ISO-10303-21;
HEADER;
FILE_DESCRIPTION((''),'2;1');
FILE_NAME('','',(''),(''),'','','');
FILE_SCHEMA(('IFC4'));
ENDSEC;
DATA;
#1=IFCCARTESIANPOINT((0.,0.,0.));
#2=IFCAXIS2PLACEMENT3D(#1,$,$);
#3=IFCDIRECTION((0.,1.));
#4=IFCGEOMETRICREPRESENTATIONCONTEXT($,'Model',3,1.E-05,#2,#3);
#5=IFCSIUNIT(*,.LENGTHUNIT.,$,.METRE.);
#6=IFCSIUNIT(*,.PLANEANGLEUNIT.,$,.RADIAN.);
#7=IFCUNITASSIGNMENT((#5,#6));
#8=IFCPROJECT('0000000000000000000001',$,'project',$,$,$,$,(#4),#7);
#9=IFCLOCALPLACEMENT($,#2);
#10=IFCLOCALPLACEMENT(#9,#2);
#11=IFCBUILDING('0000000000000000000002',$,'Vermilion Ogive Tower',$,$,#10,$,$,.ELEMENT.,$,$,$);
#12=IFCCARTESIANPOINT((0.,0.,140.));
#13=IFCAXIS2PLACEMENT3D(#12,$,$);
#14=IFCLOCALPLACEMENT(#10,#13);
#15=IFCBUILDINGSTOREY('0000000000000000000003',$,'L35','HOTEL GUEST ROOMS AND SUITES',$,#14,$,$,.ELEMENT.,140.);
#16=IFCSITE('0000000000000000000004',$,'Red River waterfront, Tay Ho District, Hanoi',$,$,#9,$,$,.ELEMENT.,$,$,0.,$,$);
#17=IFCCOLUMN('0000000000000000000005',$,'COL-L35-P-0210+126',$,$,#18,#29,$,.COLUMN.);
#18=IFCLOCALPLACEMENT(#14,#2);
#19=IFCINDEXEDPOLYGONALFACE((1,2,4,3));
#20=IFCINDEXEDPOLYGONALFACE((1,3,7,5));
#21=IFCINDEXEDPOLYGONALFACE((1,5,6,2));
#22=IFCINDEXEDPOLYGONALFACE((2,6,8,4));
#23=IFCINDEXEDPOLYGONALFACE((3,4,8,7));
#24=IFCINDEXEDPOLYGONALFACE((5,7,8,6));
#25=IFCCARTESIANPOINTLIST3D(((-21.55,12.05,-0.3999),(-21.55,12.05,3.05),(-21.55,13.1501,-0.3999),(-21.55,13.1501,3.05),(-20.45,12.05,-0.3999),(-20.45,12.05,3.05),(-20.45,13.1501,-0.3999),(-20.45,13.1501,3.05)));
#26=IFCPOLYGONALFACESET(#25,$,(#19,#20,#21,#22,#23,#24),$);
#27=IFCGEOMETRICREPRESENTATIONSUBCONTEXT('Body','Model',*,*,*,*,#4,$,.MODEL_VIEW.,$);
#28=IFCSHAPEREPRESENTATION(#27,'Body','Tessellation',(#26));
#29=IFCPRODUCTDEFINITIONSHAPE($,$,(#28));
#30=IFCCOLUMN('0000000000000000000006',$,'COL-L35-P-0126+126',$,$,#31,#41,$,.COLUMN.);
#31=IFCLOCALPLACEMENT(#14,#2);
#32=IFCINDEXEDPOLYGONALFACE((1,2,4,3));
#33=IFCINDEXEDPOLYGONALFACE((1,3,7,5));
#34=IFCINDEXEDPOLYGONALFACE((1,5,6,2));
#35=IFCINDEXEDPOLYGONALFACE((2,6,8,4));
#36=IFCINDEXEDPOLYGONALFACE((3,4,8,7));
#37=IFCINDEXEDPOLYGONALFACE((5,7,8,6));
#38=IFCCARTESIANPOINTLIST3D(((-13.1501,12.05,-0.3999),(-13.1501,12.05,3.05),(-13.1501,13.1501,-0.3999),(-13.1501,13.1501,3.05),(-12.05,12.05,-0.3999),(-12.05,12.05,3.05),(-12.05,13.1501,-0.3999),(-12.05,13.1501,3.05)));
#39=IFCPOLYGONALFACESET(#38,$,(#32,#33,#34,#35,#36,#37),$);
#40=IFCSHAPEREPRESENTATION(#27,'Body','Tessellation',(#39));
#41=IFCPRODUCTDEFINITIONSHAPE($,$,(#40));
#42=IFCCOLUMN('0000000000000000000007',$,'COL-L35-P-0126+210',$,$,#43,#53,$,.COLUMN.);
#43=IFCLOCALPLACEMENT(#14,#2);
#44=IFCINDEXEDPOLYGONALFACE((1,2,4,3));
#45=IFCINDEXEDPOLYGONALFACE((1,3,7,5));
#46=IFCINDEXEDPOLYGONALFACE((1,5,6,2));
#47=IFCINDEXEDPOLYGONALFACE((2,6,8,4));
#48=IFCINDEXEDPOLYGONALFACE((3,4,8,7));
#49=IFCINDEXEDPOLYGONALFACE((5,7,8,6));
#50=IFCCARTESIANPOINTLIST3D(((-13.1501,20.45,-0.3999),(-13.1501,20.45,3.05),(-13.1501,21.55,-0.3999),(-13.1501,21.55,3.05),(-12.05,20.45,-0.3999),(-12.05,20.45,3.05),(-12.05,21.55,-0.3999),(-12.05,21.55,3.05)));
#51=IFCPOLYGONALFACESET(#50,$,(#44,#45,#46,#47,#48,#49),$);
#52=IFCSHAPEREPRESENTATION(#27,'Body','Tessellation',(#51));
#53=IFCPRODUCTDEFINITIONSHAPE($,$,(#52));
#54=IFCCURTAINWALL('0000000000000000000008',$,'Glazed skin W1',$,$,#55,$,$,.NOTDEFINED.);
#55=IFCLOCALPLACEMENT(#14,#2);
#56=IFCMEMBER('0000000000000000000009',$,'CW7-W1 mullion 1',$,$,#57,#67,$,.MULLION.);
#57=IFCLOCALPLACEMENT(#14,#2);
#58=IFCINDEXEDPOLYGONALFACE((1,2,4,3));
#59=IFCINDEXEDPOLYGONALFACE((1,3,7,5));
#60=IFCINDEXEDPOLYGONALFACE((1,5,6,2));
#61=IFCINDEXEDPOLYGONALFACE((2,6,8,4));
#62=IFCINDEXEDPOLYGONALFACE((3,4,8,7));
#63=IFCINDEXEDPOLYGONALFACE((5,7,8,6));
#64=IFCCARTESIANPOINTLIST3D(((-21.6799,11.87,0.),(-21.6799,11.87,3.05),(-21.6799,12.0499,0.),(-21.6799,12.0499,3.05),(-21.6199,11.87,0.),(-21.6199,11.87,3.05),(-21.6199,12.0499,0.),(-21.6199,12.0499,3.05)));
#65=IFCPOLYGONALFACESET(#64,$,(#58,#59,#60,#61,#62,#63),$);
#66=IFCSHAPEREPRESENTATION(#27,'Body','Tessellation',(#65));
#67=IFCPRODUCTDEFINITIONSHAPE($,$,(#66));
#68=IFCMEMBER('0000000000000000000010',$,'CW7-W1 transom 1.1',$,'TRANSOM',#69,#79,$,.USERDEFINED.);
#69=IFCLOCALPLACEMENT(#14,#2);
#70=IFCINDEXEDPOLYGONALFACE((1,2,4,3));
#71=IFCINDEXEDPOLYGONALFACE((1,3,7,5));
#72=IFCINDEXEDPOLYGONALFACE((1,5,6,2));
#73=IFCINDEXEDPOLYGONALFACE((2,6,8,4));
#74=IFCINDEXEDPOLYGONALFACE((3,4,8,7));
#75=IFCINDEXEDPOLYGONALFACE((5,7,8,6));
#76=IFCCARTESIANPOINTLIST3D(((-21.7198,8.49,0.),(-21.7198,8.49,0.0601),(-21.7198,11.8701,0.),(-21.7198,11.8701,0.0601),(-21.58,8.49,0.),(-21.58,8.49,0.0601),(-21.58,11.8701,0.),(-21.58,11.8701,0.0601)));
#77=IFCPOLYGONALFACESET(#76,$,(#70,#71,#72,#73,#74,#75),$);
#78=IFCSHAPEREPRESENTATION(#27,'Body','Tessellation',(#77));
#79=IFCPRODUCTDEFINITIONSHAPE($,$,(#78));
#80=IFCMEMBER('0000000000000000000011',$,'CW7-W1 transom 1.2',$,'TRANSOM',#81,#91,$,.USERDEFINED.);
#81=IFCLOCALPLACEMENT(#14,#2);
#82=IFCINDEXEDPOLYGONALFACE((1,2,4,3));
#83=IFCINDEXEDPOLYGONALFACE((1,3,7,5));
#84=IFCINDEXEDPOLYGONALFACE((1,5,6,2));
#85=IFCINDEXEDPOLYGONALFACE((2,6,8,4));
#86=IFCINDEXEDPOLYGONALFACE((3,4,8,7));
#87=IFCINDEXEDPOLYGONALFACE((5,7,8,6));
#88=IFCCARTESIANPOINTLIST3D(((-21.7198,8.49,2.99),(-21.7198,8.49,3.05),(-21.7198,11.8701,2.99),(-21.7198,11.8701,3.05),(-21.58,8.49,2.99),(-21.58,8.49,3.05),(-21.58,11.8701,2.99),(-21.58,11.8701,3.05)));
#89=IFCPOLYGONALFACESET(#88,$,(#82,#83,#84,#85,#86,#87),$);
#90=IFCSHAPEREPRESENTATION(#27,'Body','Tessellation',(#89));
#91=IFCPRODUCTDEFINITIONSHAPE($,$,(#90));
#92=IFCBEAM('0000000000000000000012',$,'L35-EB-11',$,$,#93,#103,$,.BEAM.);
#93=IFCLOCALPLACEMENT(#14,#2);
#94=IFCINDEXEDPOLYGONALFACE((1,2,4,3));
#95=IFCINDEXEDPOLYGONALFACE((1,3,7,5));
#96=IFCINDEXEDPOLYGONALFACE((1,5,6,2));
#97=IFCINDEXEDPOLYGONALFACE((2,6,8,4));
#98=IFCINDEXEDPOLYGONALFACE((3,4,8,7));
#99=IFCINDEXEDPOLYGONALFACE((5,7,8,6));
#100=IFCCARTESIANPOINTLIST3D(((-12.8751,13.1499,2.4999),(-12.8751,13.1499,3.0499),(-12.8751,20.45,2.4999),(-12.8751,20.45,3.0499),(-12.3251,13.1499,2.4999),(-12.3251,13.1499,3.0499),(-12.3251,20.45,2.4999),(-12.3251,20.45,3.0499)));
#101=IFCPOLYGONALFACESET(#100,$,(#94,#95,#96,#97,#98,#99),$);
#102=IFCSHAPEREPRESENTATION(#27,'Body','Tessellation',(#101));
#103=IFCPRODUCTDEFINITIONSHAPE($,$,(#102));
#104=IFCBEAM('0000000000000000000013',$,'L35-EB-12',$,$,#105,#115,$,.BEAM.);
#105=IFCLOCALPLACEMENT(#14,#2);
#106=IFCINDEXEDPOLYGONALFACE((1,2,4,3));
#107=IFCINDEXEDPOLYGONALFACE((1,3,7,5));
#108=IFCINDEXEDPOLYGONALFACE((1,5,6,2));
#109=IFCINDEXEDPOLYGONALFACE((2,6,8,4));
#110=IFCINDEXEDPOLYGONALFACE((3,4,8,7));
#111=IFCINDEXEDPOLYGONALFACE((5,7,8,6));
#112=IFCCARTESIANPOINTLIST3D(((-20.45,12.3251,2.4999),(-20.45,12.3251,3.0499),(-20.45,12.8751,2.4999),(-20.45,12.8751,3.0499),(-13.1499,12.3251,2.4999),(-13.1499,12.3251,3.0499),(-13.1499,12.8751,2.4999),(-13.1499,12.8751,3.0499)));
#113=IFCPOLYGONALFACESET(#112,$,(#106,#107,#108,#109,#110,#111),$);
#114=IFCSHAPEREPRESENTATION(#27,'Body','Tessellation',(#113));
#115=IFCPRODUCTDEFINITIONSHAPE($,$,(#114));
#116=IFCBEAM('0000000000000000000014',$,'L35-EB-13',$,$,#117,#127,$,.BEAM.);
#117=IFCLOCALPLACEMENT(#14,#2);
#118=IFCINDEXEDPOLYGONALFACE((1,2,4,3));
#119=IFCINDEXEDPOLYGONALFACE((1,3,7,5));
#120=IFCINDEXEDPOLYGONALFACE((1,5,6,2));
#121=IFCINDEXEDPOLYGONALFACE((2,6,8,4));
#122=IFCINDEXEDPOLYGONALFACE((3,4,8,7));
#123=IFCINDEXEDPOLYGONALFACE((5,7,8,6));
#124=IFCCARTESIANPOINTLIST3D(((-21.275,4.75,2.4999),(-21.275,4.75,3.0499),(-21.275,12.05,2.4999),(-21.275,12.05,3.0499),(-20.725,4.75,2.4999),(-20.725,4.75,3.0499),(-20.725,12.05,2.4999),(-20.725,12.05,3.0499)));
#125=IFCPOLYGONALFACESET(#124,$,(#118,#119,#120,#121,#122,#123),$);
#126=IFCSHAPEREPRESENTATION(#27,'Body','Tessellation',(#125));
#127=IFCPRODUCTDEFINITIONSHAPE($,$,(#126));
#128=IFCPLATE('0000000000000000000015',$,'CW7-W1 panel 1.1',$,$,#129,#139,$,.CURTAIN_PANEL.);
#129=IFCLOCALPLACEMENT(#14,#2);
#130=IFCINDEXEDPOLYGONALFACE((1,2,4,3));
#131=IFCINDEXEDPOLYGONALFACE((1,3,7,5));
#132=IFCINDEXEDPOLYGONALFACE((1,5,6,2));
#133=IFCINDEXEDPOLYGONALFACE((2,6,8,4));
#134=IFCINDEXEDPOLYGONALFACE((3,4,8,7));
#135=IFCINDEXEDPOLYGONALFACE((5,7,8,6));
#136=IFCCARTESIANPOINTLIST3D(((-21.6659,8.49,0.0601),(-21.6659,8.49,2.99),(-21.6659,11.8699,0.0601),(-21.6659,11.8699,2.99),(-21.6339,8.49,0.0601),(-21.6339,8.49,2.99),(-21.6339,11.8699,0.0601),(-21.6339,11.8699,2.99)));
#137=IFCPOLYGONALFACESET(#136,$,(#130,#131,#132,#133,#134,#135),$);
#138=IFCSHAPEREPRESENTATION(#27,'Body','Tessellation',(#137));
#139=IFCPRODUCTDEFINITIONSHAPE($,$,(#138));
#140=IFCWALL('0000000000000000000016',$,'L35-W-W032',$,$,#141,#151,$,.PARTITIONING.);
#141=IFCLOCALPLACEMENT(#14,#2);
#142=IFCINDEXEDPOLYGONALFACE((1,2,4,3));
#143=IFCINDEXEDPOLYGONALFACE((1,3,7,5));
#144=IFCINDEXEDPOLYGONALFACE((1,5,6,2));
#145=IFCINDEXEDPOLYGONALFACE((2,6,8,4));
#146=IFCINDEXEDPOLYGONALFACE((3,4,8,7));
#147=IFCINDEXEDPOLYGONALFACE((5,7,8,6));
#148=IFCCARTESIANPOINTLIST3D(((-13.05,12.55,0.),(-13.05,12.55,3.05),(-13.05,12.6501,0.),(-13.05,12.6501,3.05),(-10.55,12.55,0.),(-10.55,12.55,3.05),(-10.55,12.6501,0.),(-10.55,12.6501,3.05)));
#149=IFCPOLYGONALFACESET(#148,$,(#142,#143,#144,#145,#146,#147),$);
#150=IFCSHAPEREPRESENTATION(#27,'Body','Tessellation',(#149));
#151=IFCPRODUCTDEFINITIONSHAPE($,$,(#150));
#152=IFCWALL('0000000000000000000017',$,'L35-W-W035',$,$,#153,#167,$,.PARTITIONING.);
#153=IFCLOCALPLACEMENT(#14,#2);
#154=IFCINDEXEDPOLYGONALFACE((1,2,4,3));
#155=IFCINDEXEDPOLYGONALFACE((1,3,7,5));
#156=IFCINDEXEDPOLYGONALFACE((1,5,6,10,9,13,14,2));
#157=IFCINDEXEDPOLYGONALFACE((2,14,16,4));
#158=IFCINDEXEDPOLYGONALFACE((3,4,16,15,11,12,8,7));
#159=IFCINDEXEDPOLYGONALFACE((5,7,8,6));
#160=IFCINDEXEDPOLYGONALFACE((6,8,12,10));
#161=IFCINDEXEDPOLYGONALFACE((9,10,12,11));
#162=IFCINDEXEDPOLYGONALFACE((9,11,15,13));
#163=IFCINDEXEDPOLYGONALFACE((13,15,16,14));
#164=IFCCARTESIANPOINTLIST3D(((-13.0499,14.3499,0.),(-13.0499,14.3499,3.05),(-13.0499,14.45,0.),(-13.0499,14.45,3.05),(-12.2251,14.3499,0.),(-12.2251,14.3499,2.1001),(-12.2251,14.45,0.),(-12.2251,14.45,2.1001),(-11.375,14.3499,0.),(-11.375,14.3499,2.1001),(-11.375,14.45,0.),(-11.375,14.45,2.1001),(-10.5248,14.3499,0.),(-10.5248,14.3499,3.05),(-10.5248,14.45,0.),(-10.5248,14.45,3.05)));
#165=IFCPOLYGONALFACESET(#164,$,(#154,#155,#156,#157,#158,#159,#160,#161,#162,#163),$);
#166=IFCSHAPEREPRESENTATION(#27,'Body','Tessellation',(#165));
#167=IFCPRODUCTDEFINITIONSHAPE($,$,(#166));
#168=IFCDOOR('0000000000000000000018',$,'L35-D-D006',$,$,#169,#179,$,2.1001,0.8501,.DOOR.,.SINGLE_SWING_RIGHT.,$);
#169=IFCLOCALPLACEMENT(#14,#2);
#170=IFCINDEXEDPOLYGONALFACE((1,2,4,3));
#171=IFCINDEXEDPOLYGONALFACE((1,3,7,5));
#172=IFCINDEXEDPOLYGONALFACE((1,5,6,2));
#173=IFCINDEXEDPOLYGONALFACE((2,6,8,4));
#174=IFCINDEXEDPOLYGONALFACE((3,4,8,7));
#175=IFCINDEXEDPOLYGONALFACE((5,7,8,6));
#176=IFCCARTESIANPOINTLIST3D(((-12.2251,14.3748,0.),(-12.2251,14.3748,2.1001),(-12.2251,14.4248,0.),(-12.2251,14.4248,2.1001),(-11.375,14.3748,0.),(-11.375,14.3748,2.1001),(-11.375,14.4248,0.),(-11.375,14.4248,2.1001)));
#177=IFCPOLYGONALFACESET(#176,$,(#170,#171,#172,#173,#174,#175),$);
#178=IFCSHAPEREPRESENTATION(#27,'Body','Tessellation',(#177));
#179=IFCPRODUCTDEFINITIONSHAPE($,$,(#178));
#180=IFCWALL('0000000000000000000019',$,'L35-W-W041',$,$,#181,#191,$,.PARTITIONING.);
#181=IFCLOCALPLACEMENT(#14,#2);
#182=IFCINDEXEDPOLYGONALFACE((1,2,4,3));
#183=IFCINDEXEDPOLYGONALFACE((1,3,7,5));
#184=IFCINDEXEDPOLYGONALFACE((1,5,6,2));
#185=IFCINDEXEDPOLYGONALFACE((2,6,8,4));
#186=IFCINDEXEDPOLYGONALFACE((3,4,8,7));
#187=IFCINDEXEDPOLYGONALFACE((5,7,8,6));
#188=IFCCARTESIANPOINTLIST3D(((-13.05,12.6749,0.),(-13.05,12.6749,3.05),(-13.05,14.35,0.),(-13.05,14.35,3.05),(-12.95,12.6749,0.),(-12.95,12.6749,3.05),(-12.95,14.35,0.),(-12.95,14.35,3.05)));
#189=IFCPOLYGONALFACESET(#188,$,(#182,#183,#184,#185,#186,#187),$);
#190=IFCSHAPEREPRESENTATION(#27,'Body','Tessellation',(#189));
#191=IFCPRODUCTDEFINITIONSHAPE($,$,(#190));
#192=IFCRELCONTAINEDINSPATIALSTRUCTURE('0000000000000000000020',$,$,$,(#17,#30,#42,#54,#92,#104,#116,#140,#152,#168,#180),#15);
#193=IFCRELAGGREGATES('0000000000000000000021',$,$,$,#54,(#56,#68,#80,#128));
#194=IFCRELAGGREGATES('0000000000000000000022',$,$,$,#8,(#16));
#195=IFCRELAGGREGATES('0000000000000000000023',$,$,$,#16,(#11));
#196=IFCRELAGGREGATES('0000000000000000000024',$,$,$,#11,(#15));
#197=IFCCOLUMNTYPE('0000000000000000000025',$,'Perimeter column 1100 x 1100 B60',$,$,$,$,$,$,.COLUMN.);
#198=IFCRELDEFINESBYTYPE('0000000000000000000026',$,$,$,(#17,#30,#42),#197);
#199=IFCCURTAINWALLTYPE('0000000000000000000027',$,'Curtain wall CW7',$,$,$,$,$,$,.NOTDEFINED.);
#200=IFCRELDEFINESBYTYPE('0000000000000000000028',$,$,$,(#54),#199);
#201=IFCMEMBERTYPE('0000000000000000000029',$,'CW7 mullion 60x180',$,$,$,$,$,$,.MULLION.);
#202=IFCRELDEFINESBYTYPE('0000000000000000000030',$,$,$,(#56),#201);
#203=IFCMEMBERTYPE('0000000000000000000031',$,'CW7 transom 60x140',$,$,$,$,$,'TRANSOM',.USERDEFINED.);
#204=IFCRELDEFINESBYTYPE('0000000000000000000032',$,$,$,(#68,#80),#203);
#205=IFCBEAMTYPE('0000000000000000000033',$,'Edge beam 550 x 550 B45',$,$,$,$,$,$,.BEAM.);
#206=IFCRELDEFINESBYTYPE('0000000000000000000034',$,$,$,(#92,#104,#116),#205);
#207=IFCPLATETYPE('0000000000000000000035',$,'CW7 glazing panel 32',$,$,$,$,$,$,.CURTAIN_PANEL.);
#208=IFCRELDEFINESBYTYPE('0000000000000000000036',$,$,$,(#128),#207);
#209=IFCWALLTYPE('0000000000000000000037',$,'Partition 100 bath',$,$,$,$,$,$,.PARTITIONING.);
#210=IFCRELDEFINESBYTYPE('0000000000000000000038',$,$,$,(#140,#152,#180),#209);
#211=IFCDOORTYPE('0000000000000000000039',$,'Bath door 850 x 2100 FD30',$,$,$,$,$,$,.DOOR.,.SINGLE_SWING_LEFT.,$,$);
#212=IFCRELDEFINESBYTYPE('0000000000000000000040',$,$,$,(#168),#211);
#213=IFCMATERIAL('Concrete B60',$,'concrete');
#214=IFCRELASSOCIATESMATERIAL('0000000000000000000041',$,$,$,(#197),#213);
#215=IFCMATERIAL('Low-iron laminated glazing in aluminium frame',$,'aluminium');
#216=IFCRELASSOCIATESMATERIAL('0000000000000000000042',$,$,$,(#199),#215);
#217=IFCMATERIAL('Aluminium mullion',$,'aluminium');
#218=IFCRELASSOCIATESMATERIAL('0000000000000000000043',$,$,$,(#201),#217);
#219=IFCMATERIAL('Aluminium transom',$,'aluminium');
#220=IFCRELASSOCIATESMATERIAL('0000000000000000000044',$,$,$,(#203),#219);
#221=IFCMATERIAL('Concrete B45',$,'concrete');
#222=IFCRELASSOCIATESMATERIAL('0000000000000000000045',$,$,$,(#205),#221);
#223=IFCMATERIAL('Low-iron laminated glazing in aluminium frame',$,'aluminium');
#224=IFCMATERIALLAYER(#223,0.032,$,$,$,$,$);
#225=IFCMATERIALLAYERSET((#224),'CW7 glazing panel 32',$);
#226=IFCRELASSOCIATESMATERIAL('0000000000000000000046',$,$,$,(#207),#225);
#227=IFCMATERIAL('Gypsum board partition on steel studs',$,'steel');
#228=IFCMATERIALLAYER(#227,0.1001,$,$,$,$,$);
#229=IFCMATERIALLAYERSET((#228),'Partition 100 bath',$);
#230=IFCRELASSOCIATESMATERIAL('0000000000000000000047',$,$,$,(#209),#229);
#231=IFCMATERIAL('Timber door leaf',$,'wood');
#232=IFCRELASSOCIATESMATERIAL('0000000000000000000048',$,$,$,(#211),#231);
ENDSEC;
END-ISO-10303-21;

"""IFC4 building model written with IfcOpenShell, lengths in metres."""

from ifc_helpers import new_model, si_unit, direction, frame, frame_2d, origin, origin_2d, place, context, subcontext, project, spatial, rectangle, extrude, material, layer, layer_set, material_profile, profile_set, type_object, element, fill, aggregate, save


model = new_model("IFC4")

# Units and contexts
model_context = context("Model", 3, precision=1e-05, world=origin(), true_north=direction((0.0, 1.0)))
body_context = subcontext(model_context, "Body", "Model", "MODEL_VIEW")
ifc_project = project(units=[si_unit("LENGTHUNIT", "METRE"), si_unit("PLANEANGLEUNIT", "RADIAN")], contexts=[model_context])

# Site, building, storey
site_placement = place(None, origin())
site = spatial("IfcSite", under=ifc_project, at=site_placement, Name="Red River waterfront, Tay Ho District, Hanoi", CompositionType="ELEMENT", RefElevation=0.0)
building_placement = place(site_placement, origin())
building = spatial("IfcBuilding", under=site, at=building_placement, Name="Vermilion Ogive Tower", CompositionType="ELEMENT")
storey_placement = place(building_placement, frame((0.0, 0.0, 140.0)))
storey = spatial("IfcBuildingStorey", under=building, at=storey_placement, Name="L35", Description="HOTEL GUEST ROOMS AND SUITES", CompositionType="ELEMENT", Elevation=140.0)

# Columns
ifc_material_1 = material(Name="Concrete B60", Category="concrete")
ifc_material_profile_1 = material_profile(ifc_material_1, rectangle(XDim=1.1001, YDim=1.1001, at=origin_2d()), Name="1100 x 1100")
ifc_profile_set_1 = profile_set([ifc_material_profile_1], Name="Concrete B60")
column_type = type_object("IfcColumnType", Name="Perimeter column 1100 x 1100 B60", PredefinedType="COLUMN", material=ifc_profile_set_1)
for number, where, z_axis, x_axis, name in (
    (1, (-21.0, 12.6001, -0.3999), (0.0, 0.0, 1.0), (1.0, 0.0, 0.0), "COL-L35-P-0210+126"),
    (2, (-12.6001, 12.6001, -0.3999), (0.0, 0.0, 1.0), (1.0, 0.0, 0.0), "COL-L35-P-0126+126"),
    (3, (-12.6001, 21.0, -0.3999), (0.0, 0.0, 1.0), (1.0, 0.0, 0.0), "COL-L35-P-0126+210"),
):
    element("IfcColumn", number, at=place(storey_placement, frame(where, z_axis=z_axis, x_axis=x_axis)), inside=storey, type_object=column_type, Name=name, PredefinedType="COLUMN", context=body_context, shape_type="SweptSolid", body=[
        extrude(rectangle(XDim=1.1001, YDim=1.1001, at=origin_2d()), origin(), (0.0, 0.0, 1.0), 3.45),
    ])

# Curtain wall, members
ifc_material_2 = material(Name="Low-iron laminated glazing in aluminium frame", Category="aluminium")
curtain_wall_type = type_object("IfcCurtainWallType", Name="Curtain wall CW7", PredefinedType="NOTDEFINED", material=ifc_material_2)
curtain_wall_placement = place(storey_placement, origin())
curtain_wall = element("IfcCurtainWall", 4, at=curtain_wall_placement, inside=storey, type_object=curtain_wall_type, Name="Glazed skin W1", PredefinedType="NOTDEFINED")
ifc_material_3 = material(Name="Aluminium mullion", Category="aluminium")
ifc_material_profile_2 = material_profile(ifc_material_3, rectangle(XDim=0.0601, YDim=0.1799, at=origin_2d()), Name="AL 60x180")
ifc_profile_set_2 = profile_set([ifc_material_profile_2], Name="Aluminium mullion")
member_type_1 = type_object("IfcMemberType", Name="CW7 mullion 60x180", PredefinedType="MULLION", material=ifc_profile_set_2)
member_1_placement = place(storey_placement, frame((-21.6499, 11.96, 0.0), z_axis=(0.0, 0.0, 1.0), x_axis=(1.0, 0.0, 0.0)))
member_1 = element("IfcMember", 5, at=member_1_placement, type_object=member_type_1, Name="CW7-W1 mullion 1", PredefinedType="MULLION", context=body_context, shape_type="SweptSolid", body=[
    extrude(rectangle(XDim=0.0601, YDim=0.1799, at=origin_2d()), origin(), (0.0, 0.0, 1.0), 3.05),
])
ifc_material_4 = material(Name="Aluminium transom", Category="aluminium")
ifc_material_profile_3 = material_profile(ifc_material_4, rectangle(XDim=0.1399, YDim=0.0601, at=origin_2d()), Name="AL 60x140")
ifc_profile_set_3 = profile_set([ifc_material_profile_3], Name="Aluminium transom")
member_type_2 = type_object("IfcMemberType", Name="CW7 transom 60x140", ElementType="TRANSOM", PredefinedType="USERDEFINED", material=ifc_profile_set_3)
member_2_placement = place(storey_placement, frame((-21.6499, 11.8701, 0.03), z_axis=(0.0, -1.0, 0.0), x_axis=(1.0, 0.0, 0.0)))
member_2 = element("IfcMember", 6, at=member_2_placement, type_object=member_type_2, Name="CW7-W1 transom 1.1", ObjectType="TRANSOM", PredefinedType="USERDEFINED", context=body_context, shape_type="SweptSolid", body=[
    extrude(rectangle(XDim=0.1399, YDim=0.0601, at=origin_2d()), origin(), (0.0, 0.0, 1.0), 3.3801),
])
member_3_placement = place(storey_placement, frame((-21.6499, 11.8701, 3.02), z_axis=(0.0, -1.0, 0.0), x_axis=(1.0, 0.0, 0.0)))
member_3 = element("IfcMember", 7, at=member_3_placement, type_object=member_type_2, Name="CW7-W1 transom 1.2", ObjectType="TRANSOM", PredefinedType="USERDEFINED", context=body_context, shape_type="SweptSolid", body=[
    extrude(rectangle(XDim=0.1399, YDim=0.0601, at=origin_2d()), origin(), (0.0, 0.0, 1.0), 3.3801),
])

# Beams
ifc_material_5 = material(Name="Concrete B45", Category="concrete")
ifc_material_profile_4 = material_profile(ifc_material_5, rectangle(XDim=0.55, YDim=0.55, at=origin_2d()), Name="550 x 550")
ifc_profile_set_4 = profile_set([ifc_material_profile_4], Name="Concrete B45")
beam_type = type_object("IfcBeamType", Name="Edge beam 550 x 550 B45", PredefinedType="BEAM", material=ifc_profile_set_4)
for number, where, z_axis, x_axis, name in (
    (8, (-12.6001, 20.45, 2.7749), (0.0, -1.0, 0.0), (1.0, 0.0, 0.0), "L35-EB-11"),
    (9, (-13.1499, 12.6001, 2.7749), (-1.0, 0.0, 0.0), (0.0, -1.0, 0.0), "L35-EB-12"),
    (10, (-21.0, 12.05, 2.7749), (0.0, -1.0, 0.0), (1.0, 0.0, 0.0), "L35-EB-13"),
):
    element("IfcBeam", number, at=place(storey_placement, frame(where, z_axis=z_axis, x_axis=x_axis)), inside=storey, type_object=beam_type, Name=name, PredefinedType="BEAM", context=body_context, shape_type="SweptSolid", body=[
        extrude(rectangle(XDim=0.55, YDim=0.55, at=origin_2d()), origin(), (0.0, 0.0, 1.0), 7.3),
    ])

# Plate
ifc_material_6 = material(Name="Low-iron laminated glazing in aluminium frame", Category="aluminium")
ifc_layer_1 = layer(ifc_material_6, 0.032)
ifc_layer_set_1 = layer_set([ifc_layer_1], Name="CW7 glazing panel 32")
plate_type = type_object("IfcPlateType", Name="CW7 glazing panel 32", PredefinedType="CURTAIN_PANEL", material=ifc_layer_set_1)
plate_placement = place(storey_placement, frame((-21.6499, 10.1799, 0.0601), z_axis=(0.0, 0.0, 1.0), x_axis=(0.0, -1.0, 0.0)))
plate = element("IfcPlate", 11, at=plate_placement, type_object=plate_type, Name="CW7-W1 panel 1.1", PredefinedType="CURTAIN_PANEL", context=body_context, shape_type="SweptSolid", body=[
    extrude(rectangle(XDim=3.3799, YDim=0.032, at=origin_2d()), origin(), (0.0, 0.0, 1.0), 2.9299),
])
aggregate(curtain_wall, [member_1, member_2, member_3, plate])

# Wall
ifc_material_7 = material(Name="Gypsum board partition on steel studs", Category="steel")
ifc_layer_2 = layer(ifc_material_7, 0.1001)
ifc_layer_set_2 = layer_set([ifc_layer_2], Name="Partition 100 bath")
wall_type_1 = type_object("IfcWallType", Name="Partition 100 bath", PredefinedType="PARTITIONING", material=ifc_layer_set_2)
wall_1_placement = place(storey_placement, frame((-13.05, 12.6001, 0.0), z_axis=(0.0, 0.0, 1.0), x_axis=(1.0, 0.0, 0.0)))
element("IfcWall", 12, at=wall_1_placement, inside=storey, type_object=wall_type_1, Name="L35-W-W032", PredefinedType="PARTITIONING", context=body_context, shape_type="SweptSolid", body=[
    extrude(rectangle(XDim=2.5, YDim=0.1001, at=frame_2d((1.25, 0.0))), origin(), (0.0, 0.0, 1.0), 3.05),
])

# Wall, opening, door
wall_2_placement = place(storey_placement, frame((-13.05, 14.3999, 0.0), z_axis=(0.0, 0.0, 1.0), x_axis=(1.0, 0.0, 0.0)))
wall_2 = element("IfcWall", 13, at=wall_2_placement, inside=storey, type_object=wall_type_1, Name="L35-W-W035", PredefinedType="PARTITIONING", context=body_context, shape_type="SweptSolid", body=[
    extrude(rectangle(XDim=2.5251, YDim=0.1001, at=frame_2d((1.2627, 0.0))), origin(), (0.0, 0.0, 1.0), 3.05),
])
opening_1_placement = place(wall_2_placement, frame((0.825, 0.0, 0.0)))
opening_1 = element("IfcOpeningElement", 14, at=opening_1_placement, cuts=wall_2, PredefinedType="OPENING", context=body_context, shape_type="SweptSolid", body=[
    extrude(rectangle(XDim=0.8501, YDim=2.1001, at=frame_2d((0.425, 1.05))), frame((0.0, 0.0601, 0.0), z_axis=(0.0, -1.0, 0.0), x_axis=(1.0, 0.0, 0.0)), (0.0, 0.0, 1.0), 0.1201),
])
ifc_material_8 = material(Name="Timber door leaf", Category="wood")
door_type_1 = type_object("IfcDoorType", Name="Bath door 850 x 2100 FD30", OperationType="SINGLE_SWING_LEFT", PredefinedType="DOOR", material=ifc_material_8)
door_1_placement = place(opening_1_placement, origin())
door_1 = element("IfcDoor", 15, at=door_1_placement, inside=storey, type_object=door_type_1, Name="L35-D-D006", OperationType="SINGLE_SWING_RIGHT", OverallHeight=2.1001, OverallWidth=0.8501, PredefinedType="DOOR", context=body_context, shape_type="SweptSolid", body=[
    extrude(rectangle(XDim=0.8501, YDim=2.1001, at=frame_2d((0.425, 1.05))), frame((0.0, 0.0249, 0.0), z_axis=(0.0, -1.0, 0.0), x_axis=(1.0, 0.0, 0.0)), (0.0, 0.0, 1.0), 0.05),
])
fill(opening_1, door_1)

# Wall
wall_3_placement = place(storey_placement, frame((-13.0, 12.675, 0.0), z_axis=(0.0, 0.0, 1.0), x_axis=(0.0, 1.0, 0.0)))
element("IfcWall", 16, at=wall_3_placement, inside=storey, type_object=wall_type_1, Name="L35-W-W041", PredefinedType="PARTITIONING", context=body_context, shape_type="SweptSolid", body=[
    extrude(rectangle(XDim=1.675, YDim=0.1001, at=frame_2d((0.8374, 0.0))), origin(), (0.0, 0.0, 1.0), 3.05),
])

save(model, "model.ifc")
